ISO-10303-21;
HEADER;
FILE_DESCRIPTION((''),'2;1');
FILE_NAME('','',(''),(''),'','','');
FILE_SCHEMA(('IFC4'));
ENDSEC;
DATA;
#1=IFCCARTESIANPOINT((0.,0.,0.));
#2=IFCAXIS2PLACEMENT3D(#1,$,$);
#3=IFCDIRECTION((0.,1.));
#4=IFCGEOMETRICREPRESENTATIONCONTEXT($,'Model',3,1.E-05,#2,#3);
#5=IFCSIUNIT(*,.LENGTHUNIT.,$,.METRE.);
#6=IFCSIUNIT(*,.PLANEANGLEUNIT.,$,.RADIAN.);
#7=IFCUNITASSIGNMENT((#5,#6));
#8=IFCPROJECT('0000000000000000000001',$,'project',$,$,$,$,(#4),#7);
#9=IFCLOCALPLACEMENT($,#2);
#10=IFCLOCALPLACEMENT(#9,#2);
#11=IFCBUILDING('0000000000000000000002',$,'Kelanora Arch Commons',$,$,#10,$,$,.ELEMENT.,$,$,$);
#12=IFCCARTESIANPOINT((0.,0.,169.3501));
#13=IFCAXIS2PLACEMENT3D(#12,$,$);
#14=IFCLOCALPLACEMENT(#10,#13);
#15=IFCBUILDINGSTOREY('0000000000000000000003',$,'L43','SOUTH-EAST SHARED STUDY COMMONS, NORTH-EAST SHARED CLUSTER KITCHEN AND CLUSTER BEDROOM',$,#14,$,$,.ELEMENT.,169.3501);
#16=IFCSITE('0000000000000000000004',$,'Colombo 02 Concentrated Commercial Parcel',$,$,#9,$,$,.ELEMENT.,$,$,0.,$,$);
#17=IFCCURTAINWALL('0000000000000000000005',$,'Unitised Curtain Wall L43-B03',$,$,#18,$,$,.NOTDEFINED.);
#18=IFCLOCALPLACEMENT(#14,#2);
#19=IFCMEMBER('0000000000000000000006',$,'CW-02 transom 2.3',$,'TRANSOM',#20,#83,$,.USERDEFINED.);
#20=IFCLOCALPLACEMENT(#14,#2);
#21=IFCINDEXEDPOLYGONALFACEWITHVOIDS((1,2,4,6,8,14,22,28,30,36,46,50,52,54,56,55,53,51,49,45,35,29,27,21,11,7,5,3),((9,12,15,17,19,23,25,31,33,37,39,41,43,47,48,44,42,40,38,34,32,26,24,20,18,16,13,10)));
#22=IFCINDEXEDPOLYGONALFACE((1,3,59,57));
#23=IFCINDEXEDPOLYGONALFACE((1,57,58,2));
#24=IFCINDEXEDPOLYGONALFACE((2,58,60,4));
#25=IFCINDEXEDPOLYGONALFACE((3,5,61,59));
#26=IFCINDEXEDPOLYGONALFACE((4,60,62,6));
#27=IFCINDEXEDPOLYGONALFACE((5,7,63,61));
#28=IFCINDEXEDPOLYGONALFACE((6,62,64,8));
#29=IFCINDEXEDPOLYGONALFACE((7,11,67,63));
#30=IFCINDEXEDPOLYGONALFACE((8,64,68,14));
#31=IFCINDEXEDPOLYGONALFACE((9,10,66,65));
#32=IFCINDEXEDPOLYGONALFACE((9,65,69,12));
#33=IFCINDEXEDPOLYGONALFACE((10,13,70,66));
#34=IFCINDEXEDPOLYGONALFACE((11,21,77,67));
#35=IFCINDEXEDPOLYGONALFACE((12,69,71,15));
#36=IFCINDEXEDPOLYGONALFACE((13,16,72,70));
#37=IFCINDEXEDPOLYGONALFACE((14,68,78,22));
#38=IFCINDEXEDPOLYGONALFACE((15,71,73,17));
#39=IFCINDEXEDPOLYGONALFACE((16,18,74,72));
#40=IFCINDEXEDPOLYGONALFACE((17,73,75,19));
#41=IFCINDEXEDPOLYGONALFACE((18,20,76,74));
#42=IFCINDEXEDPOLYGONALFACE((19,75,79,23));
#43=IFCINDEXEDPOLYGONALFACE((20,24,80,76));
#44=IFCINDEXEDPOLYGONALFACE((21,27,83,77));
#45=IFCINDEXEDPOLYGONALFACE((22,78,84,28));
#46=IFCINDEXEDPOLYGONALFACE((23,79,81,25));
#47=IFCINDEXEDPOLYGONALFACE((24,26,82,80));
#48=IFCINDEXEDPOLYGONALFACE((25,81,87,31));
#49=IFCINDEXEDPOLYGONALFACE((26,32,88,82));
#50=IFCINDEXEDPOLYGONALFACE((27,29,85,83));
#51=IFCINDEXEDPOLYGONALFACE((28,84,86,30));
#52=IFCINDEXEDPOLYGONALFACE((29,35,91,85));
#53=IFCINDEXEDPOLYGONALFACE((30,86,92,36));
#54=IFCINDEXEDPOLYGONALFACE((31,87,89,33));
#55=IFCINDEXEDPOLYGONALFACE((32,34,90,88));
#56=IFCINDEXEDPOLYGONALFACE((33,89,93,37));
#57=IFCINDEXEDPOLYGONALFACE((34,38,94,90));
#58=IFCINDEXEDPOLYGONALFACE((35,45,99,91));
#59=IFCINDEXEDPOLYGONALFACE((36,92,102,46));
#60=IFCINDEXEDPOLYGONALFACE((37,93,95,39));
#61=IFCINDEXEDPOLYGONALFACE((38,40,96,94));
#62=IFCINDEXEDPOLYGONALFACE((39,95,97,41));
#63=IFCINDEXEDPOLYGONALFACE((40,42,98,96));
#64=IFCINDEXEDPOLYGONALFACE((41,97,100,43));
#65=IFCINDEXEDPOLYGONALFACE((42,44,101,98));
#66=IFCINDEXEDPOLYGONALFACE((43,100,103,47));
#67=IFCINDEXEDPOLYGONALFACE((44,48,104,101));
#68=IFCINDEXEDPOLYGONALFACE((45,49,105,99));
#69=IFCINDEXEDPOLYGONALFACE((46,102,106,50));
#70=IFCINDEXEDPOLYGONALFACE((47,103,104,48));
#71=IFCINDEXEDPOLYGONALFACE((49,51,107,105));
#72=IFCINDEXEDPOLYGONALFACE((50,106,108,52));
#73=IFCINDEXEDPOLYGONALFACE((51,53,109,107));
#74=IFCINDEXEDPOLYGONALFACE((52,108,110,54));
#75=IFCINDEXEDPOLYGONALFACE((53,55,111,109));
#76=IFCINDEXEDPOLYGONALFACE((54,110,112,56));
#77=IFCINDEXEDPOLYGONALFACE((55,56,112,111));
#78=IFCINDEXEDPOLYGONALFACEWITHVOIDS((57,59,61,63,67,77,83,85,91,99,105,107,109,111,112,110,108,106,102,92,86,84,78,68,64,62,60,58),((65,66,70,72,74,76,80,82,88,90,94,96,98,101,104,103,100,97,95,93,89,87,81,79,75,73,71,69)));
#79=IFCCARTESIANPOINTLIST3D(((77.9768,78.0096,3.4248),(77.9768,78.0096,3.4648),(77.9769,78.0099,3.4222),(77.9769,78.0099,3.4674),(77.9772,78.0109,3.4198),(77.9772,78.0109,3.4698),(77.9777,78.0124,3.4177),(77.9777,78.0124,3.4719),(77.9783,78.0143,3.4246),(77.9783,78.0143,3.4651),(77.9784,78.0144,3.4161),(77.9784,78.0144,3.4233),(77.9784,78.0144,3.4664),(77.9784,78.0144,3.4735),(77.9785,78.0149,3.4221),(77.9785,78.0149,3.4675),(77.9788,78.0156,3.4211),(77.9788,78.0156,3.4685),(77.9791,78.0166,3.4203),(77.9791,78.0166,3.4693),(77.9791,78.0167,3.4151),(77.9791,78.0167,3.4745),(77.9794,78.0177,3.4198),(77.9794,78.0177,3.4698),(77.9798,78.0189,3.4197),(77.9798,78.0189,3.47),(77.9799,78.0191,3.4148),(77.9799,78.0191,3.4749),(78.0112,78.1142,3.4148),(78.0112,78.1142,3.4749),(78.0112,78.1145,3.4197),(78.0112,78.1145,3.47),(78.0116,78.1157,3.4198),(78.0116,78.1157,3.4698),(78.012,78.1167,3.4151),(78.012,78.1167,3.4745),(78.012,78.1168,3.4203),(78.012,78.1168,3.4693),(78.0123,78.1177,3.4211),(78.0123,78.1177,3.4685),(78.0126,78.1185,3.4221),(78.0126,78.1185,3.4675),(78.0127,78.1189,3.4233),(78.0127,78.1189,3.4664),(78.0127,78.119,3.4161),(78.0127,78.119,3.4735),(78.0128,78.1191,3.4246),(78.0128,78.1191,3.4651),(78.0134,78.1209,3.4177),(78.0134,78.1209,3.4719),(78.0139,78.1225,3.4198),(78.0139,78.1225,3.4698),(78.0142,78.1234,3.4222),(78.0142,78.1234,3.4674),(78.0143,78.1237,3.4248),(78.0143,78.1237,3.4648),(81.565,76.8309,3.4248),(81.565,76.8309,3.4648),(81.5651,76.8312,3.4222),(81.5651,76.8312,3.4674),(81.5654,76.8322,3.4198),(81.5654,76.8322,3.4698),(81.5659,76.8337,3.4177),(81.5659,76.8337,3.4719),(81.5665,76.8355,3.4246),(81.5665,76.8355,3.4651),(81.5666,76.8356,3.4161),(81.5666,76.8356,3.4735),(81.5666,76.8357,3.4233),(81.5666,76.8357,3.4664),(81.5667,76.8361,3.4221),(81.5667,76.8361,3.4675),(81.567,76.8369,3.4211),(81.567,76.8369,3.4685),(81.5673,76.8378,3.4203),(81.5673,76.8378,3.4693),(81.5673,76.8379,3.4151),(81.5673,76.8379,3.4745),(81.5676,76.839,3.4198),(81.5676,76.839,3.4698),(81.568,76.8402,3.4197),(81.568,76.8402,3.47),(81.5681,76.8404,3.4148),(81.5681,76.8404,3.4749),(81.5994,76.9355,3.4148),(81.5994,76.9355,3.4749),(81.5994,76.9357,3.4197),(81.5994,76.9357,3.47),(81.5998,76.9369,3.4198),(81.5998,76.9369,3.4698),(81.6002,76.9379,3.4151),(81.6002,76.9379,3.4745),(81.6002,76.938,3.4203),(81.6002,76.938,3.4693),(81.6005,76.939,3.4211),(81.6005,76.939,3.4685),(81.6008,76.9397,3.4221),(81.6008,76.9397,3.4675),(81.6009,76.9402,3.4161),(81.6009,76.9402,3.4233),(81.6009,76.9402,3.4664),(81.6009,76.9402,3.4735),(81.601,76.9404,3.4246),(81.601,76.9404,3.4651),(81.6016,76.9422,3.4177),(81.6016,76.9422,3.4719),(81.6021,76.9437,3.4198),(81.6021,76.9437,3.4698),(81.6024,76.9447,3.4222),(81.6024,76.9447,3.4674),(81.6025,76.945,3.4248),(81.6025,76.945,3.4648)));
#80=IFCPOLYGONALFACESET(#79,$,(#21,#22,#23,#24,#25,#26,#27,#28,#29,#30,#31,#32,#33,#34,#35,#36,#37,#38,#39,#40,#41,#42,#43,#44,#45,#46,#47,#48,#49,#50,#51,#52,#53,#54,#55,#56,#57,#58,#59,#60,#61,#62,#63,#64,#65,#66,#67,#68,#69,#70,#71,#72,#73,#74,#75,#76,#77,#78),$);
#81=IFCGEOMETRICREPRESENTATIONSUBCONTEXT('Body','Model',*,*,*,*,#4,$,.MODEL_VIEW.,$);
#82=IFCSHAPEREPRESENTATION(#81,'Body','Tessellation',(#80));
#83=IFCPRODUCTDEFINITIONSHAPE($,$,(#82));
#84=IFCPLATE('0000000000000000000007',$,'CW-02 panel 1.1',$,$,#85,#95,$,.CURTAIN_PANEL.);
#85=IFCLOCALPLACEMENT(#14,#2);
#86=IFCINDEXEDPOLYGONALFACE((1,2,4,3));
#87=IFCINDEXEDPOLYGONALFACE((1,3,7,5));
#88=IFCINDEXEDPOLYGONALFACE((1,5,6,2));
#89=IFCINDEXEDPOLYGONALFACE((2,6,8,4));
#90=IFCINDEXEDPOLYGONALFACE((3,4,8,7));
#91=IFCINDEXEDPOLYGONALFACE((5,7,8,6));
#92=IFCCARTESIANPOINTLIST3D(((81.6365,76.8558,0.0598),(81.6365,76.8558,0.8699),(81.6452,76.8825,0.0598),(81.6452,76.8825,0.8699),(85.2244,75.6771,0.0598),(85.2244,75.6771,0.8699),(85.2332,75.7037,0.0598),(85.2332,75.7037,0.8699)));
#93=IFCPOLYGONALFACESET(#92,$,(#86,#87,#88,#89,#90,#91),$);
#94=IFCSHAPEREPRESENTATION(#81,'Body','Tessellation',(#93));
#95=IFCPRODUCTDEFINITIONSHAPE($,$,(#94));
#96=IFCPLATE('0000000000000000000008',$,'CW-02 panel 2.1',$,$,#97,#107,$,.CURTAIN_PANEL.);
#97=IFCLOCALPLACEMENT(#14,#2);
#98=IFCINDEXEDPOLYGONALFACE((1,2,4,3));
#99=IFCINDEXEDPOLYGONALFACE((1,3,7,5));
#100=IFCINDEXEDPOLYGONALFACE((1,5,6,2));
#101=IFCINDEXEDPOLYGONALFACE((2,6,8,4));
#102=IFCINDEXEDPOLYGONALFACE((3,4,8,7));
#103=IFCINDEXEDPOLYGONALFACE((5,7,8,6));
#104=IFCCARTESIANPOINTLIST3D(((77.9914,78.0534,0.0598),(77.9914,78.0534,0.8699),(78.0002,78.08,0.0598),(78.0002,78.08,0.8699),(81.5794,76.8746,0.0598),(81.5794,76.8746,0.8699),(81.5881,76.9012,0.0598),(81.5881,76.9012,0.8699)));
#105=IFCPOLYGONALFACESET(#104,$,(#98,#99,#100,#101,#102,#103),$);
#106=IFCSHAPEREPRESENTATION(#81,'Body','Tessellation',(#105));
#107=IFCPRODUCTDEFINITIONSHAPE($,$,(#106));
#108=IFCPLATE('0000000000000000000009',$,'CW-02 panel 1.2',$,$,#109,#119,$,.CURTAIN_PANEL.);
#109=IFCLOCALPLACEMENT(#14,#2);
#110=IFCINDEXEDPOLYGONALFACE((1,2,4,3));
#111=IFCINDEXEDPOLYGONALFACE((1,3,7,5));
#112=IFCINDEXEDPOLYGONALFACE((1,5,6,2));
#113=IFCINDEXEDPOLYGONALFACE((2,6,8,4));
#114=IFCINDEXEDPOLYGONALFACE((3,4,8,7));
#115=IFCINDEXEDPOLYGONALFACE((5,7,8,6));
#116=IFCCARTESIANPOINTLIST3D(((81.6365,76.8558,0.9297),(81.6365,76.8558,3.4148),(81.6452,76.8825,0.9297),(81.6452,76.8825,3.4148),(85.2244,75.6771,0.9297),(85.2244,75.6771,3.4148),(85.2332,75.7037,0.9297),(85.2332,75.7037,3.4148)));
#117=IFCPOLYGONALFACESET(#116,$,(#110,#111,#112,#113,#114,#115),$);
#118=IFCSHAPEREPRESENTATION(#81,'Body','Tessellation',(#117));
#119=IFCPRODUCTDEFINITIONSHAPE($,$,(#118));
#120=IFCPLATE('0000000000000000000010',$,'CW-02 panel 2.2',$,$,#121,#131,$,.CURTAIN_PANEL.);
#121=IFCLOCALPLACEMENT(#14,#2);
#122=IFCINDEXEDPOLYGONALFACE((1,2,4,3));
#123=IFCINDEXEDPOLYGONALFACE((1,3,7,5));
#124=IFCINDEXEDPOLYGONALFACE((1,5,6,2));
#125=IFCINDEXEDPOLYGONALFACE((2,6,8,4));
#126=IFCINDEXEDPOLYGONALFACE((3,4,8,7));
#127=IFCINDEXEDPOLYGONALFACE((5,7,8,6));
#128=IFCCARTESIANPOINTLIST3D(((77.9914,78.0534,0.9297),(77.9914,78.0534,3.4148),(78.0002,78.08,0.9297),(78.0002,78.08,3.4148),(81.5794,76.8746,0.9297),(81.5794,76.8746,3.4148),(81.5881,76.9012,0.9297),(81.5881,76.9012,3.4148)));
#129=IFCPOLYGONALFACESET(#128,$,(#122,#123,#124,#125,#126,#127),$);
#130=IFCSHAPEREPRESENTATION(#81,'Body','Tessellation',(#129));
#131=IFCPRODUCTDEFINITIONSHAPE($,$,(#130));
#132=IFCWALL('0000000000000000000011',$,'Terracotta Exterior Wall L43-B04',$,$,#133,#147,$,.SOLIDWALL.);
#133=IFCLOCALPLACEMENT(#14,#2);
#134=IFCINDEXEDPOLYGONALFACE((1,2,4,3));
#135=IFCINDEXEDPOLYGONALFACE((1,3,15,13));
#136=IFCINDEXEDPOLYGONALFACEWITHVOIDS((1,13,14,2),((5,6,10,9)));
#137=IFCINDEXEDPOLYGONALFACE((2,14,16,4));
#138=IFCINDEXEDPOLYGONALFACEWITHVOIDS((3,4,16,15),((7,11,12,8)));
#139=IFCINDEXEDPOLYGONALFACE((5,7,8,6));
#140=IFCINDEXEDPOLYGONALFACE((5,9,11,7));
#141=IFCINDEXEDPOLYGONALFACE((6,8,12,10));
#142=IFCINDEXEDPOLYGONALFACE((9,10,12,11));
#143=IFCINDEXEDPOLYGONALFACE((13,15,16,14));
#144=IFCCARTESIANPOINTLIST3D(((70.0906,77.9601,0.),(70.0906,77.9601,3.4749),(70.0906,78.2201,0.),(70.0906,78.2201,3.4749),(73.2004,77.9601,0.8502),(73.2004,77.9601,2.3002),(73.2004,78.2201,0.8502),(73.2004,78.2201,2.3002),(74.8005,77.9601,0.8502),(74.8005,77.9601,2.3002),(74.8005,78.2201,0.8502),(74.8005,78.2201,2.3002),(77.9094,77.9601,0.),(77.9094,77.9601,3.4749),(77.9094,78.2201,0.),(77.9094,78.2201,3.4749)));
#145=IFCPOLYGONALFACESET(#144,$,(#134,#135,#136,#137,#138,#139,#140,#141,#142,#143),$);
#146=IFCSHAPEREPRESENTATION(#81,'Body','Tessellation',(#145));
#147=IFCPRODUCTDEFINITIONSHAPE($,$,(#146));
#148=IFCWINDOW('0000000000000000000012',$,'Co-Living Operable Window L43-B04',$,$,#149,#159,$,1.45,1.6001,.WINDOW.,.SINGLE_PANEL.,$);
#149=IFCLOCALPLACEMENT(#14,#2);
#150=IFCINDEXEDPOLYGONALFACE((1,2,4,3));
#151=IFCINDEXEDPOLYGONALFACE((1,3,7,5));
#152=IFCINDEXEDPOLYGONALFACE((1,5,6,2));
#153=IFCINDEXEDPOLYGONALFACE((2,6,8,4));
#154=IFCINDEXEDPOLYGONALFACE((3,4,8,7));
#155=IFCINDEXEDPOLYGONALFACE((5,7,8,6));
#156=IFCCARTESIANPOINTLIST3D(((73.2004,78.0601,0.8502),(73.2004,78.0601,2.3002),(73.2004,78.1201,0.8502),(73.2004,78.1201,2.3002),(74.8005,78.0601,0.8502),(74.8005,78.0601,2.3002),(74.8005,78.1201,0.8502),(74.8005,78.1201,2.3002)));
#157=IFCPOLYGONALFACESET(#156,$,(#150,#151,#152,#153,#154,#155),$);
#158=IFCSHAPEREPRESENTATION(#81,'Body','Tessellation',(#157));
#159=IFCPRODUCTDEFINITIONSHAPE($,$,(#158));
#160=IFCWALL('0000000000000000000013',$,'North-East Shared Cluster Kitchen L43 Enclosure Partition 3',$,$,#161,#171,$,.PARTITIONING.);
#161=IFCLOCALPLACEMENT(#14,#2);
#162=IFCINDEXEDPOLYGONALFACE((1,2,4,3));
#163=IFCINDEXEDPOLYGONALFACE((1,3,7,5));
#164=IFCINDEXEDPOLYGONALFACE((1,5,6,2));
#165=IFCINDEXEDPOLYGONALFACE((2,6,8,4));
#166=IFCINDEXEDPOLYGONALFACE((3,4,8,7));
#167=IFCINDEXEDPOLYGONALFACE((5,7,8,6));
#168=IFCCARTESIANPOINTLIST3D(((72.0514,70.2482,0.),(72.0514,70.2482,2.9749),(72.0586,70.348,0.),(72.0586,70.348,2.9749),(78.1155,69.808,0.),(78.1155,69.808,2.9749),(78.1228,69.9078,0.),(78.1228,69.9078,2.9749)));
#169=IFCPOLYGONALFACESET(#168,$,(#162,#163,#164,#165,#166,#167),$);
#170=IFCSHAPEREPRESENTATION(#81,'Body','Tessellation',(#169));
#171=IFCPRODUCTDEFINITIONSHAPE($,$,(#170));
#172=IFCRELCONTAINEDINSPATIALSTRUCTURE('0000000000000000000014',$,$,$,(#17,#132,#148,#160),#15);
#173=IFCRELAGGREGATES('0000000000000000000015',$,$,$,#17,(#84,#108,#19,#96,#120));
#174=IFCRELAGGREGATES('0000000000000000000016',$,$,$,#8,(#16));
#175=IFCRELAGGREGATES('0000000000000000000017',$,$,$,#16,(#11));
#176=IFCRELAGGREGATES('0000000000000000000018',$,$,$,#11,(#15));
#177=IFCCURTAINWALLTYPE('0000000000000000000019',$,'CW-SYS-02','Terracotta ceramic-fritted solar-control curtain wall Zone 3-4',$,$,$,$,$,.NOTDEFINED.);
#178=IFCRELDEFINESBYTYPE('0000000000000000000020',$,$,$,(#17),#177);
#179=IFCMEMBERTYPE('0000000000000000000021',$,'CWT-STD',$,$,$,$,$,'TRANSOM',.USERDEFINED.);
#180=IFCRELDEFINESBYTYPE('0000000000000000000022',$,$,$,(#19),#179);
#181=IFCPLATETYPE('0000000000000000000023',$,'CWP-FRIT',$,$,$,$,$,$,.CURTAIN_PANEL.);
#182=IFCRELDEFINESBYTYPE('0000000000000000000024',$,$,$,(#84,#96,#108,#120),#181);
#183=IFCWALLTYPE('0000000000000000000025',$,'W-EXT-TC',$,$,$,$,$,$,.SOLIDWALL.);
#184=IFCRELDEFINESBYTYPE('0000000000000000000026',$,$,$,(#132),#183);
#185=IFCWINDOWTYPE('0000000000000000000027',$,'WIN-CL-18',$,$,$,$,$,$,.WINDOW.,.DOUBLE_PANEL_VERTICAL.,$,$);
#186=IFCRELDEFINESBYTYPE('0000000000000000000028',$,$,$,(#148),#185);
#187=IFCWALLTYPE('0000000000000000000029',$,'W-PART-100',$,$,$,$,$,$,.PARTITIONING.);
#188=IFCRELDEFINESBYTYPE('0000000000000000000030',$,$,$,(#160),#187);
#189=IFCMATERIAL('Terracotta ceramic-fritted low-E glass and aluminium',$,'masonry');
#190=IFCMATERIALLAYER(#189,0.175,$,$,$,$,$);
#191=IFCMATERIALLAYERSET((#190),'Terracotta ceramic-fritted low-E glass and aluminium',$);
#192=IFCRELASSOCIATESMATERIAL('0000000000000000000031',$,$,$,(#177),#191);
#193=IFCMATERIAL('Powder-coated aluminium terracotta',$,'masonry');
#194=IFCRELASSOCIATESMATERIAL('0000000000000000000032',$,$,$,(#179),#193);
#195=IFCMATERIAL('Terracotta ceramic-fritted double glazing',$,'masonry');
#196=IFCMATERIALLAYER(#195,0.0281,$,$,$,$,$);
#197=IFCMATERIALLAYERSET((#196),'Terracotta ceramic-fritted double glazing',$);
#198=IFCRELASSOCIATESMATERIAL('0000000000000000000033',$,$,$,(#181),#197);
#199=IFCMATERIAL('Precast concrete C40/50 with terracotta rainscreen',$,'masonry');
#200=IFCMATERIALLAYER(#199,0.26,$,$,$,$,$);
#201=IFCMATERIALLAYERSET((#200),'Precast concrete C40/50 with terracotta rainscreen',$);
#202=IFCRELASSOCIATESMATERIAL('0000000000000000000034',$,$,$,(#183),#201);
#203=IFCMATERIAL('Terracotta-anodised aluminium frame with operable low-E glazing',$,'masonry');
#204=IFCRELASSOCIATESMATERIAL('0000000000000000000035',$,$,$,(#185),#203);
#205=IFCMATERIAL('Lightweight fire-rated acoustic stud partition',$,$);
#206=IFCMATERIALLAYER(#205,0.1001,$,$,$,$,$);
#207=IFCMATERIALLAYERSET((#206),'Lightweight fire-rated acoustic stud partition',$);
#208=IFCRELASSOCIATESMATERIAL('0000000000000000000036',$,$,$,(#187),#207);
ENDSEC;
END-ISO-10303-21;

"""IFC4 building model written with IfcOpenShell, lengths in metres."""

from ifc_helpers import new_model, si_unit, direction, frame, frame_2d, origin, origin_2d, place, context, subcontext, project, spatial, rectangle, hollow_rectangle, extrude, source, transform, mapped, material, layer, layer_set, material_profile, profile_set, type_object, element, fill, aggregate, save


model = new_model("IFC4")

# Units and contexts
model_context = context("Model", 3, precision=1e-05, world=origin(), true_north=direction((0.0, 1.0)))
body_context = subcontext(model_context, "Body", "Model", "MODEL_VIEW")
ifc_project = project(units=[si_unit("LENGTHUNIT", "METRE"), si_unit("PLANEANGLEUNIT", "RADIAN")], contexts=[model_context])

# Site, building, storey
site_placement = place(None, origin())
site = spatial("IfcSite", under=ifc_project, at=site_placement, Name="Colombo 02 Concentrated Commercial Parcel", CompositionType="ELEMENT", RefElevation=0.0)
building_placement = place(site_placement, origin())
building = spatial("IfcBuilding", under=site, at=building_placement, Name="Kelanora Arch Commons", CompositionType="ELEMENT")
storey_placement = place(building_placement, frame((0.0, 0.0, 169.3501)))
storey = spatial("IfcBuildingStorey", under=building, at=storey_placement, Name="L43", Description="SOUTH-EAST SHARED STUDY COMMONS, NORTH-EAST SHARED CLUSTER KITCHEN AND CLUSTER BEDROOM", CompositionType="ELEMENT", Elevation=169.3501)

# Curtain wall, member, plates
ifc_material_1 = material(Name="Terracotta ceramic-fritted low-E glass and aluminium", Category="masonry")
ifc_layer_1 = layer(ifc_material_1, 0.175)
ifc_layer_set_1 = layer_set([ifc_layer_1], Name="Terracotta ceramic-fritted low-E glass and aluminium")
curtain_wall_type = type_object("IfcCurtainWallType", Name="CW-SYS-02", Description="Terracotta ceramic-fritted solar-control curtain wall Zone 3-4", PredefinedType="NOTDEFINED", material=ifc_layer_set_1)
curtain_wall_placement = place(storey_placement, origin())
curtain_wall = element("IfcCurtainWall", 1, at=curtain_wall_placement, inside=storey, type_object=curtain_wall_type, Name="Unitised Curtain Wall L43-B03", PredefinedType="NOTDEFINED")
ifc_material_2 = material(Name="Powder-coated aluminium terracotta", Category="masonry")
ifc_material_profile_1 = material_profile(ifc_material_2, hollow_rectangle(XDim=0.1201, YDim=0.0601, WallThickness=0.0049, InnerFilletRadius=0.0049, OuterFilletRadius=0.01, at=origin_2d()), Name="CWT120x60")
ifc_profile_set_1 = profile_set([ifc_material_profile_1], Name="Powder-coated aluminium terracotta")
member_type_1 = type_object("IfcMemberType", Name="CWT-STD", ElementType="TRANSOM", PredefinedType="USERDEFINED", material=ifc_profile_set_1)
member_1_placement = place(storey_placement, frame((81.5837, 76.8879, 3.4448), z_axis=(-0.950051, 0.312094, 0.0), x_axis=(-0.312094, -0.950051, 0.0)))
member_1 = element("IfcMember", 2, at=member_1_placement, type_object=member_type_1, Name="CW-02 transom 2.3", ObjectType="TRANSOM", PredefinedType="USERDEFINED", context=body_context, shape_type="SweptSolid", body=[
    extrude(hollow_rectangle(XDim=0.1201, YDim=0.0601, WallThickness=0.0049, InnerFilletRadius=0.0049, OuterFilletRadius=0.01, at=origin_2d()), origin(), (0.0, 0.0, 1.0), 3.7769),
])
ifc_material_3 = material(Name="Terracotta ceramic-fritted double glazing", Category="masonry")
ifc_layer_2 = layer(ifc_material_3, 0.0281)
ifc_layer_set_2 = layer_set([ifc_layer_2], Name="Terracotta ceramic-fritted double glazing")
plate_type = type_object("IfcPlateType", Name="CWP-FRIT", PredefinedType="CURTAIN_PANEL", material=ifc_layer_set_2)
shared_shape_1 = source(origin(), body_context, "Body", "SweptSolid", [
    extrude(rectangle(XDim=3.7766, YDim=0.0281, at=origin_2d()), origin(), (0.0, 0.0, 1.0), 0.8101),
])
plate_1_placement = place(storey_placement, frame((83.4348, 76.2798, 0.0598), z_axis=(0.0, 0.0, 1.0), x_axis=(-0.95004, 0.312128, 0.0)))
plate_1 = element("IfcPlate", 3, at=plate_1_placement, type_object=plate_type, Name="CW-02 panel 1.1", PredefinedType="CURTAIN_PANEL", context=body_context, shape_type="MappedRepresentation", body=[
    mapped(shared_shape_1, transform((0.0, 0.0, 0.0), scale=1.0)),
])
plate_2_placement = place(storey_placement, frame((79.7898, 77.4773, 0.0598), z_axis=(0.0, 0.0, 1.0), x_axis=(-0.95004, 0.312128, 0.0)))
plate_2 = element("IfcPlate", 4, at=plate_2_placement, type_object=plate_type, Name="CW-02 panel 2.1", PredefinedType="CURTAIN_PANEL", context=body_context, shape_type="MappedRepresentation", body=[
    mapped(shared_shape_1, transform((0.0, 0.0, 0.0), scale=1.0)),
])
shared_shape_2 = source(origin(), body_context, "Body", "SweptSolid", [
    extrude(rectangle(XDim=3.7766, YDim=0.0281, at=origin_2d()), origin(), (0.0, 0.0, 1.0), 2.4851),
])
plate_3_placement = place(storey_placement, frame((83.4348, 76.2798, 0.9297), z_axis=(0.0, 0.0, 1.0), x_axis=(-0.95004, 0.312128, 0.0)))
plate_3 = element("IfcPlate", 5, at=plate_3_placement, type_object=plate_type, Name="CW-02 panel 1.2", PredefinedType="CURTAIN_PANEL", context=body_context, shape_type="MappedRepresentation", body=[
    mapped(shared_shape_2, transform((0.0, 0.0, 0.0), scale=1.0)),
])
plate_4_placement = place(storey_placement, frame((79.7898, 77.4773, 0.9297), z_axis=(0.0, 0.0, 1.0), x_axis=(-0.95004, 0.312128, 0.0)))
plate_4 = element("IfcPlate", 6, at=plate_4_placement, type_object=plate_type, Name="CW-02 panel 2.2", PredefinedType="CURTAIN_PANEL", context=body_context, shape_type="MappedRepresentation", body=[
    mapped(shared_shape_2, transform((0.0, 0.0, 0.0), scale=1.0)),
])
aggregate(curtain_wall, [plate_1, plate_3, member_1, plate_2, plate_4])

# Wall, opening, window
ifc_material_4 = material(Name="Precast concrete C40/50 with terracotta rainscreen", Category="masonry")
ifc_layer_3 = layer(ifc_material_4, 0.26)
ifc_layer_set_3 = layer_set([ifc_layer_3], Name="Precast concrete C40/50 with terracotta rainscreen")
wall_type_1 = type_object("IfcWallType", Name="W-EXT-TC", PredefinedType="SOLIDWALL", material=ifc_layer_set_3)
wall_1_placement = place(storey_placement, frame((77.9094, 78.0901, 0.0), z_axis=(0.0, 0.0, 1.0), x_axis=(-1.0, 0.0, 0.0)))
wall_1 = element("IfcWall", 7, at=wall_1_placement, inside=storey, type_object=wall_type_1, Name="Terracotta Exterior Wall L43-B04", PredefinedType="SOLIDWALL", context=body_context, shape_type="SweptSolid", body=[
    extrude(rectangle(XDim=7.8188, YDim=0.26, at=frame_2d((3.9094, 0.0))), origin(), (0.0, 0.0, 1.0), 3.4749),
])
opening_1_placement = place(wall_1_placement, frame((3.1089, 0.0, 0.8501)))
opening_1 = element("IfcOpeningElement", 8, at=opening_1_placement, cuts=wall_1, PredefinedType="OPENING", context=body_context, shape_type="SweptSolid", body=[
    extrude(rectangle(XDim=1.6001, YDim=1.45, at=frame_2d((0.8, 0.7251))), frame((0.0, 0.1401, 0.0), z_axis=(0.0, -1.0, 0.0), x_axis=(1.0, 0.0, 0.0)), (0.0, 0.0, 1.0), 0.28),
])
ifc_material_5 = material(Name="Terracotta-anodised aluminium frame with operable low-E glazing", Category="masonry")
window_type = type_object("IfcWindowType", Name="WIN-CL-18", PartitioningType="DOUBLE_PANEL_VERTICAL", PredefinedType="WINDOW", material=ifc_material_5)
window_placement = place(opening_1_placement, origin())
window = element("IfcWindow", 9, at=window_placement, inside=storey, type_object=window_type, Name="Co-Living Operable Window L43-B04", OverallHeight=1.45, OverallWidth=1.6001, PartitioningType="SINGLE_PANEL", PredefinedType="WINDOW", context=body_context, shape_type="SweptSolid", body=[
    extrude(rectangle(XDim=1.6001, YDim=1.45, at=frame_2d((0.8, 0.7251))), frame((0.0, 0.03, 0.0), z_axis=(0.0, -1.0, 0.0), x_axis=(1.0, 0.0, 0.0)), (0.0, 0.0, 1.0), 0.0601),
])
fill(opening_1, window)

# Wall
ifc_material_6 = material(Name="Lightweight fire-rated acoustic stud partition")
ifc_layer_4 = layer(ifc_material_6, 0.1001)
ifc_layer_set_4 = layer_set([ifc_layer_4], Name="Lightweight fire-rated acoustic stud partition")
wall_type_2 = type_object("IfcWallType", Name="W-PART-100", PredefinedType="PARTITIONING", material=ifc_layer_set_4)
wall_2_placement = place(storey_placement, frame((78.1191, 69.8579, 0.0), z_axis=(0.0, 0.0, 1.0), x_axis=(-0.997376, 0.072397, 0.0)))
element("IfcWall", 10, at=wall_2_placement, inside=storey, type_object=wall_type_2, Name="North-East Shared Cluster Kitchen L43 Enclosure Partition 3", PredefinedType="PARTITIONING", context=body_context, shape_type="SweptSolid", body=[
    extrude(rectangle(XDim=6.0801, YDim=0.1001, at=frame_2d((3.04, 0.0))), origin(), (0.0, 0.0, 1.0), 2.9749),
])

save(model, "model.ifc")
